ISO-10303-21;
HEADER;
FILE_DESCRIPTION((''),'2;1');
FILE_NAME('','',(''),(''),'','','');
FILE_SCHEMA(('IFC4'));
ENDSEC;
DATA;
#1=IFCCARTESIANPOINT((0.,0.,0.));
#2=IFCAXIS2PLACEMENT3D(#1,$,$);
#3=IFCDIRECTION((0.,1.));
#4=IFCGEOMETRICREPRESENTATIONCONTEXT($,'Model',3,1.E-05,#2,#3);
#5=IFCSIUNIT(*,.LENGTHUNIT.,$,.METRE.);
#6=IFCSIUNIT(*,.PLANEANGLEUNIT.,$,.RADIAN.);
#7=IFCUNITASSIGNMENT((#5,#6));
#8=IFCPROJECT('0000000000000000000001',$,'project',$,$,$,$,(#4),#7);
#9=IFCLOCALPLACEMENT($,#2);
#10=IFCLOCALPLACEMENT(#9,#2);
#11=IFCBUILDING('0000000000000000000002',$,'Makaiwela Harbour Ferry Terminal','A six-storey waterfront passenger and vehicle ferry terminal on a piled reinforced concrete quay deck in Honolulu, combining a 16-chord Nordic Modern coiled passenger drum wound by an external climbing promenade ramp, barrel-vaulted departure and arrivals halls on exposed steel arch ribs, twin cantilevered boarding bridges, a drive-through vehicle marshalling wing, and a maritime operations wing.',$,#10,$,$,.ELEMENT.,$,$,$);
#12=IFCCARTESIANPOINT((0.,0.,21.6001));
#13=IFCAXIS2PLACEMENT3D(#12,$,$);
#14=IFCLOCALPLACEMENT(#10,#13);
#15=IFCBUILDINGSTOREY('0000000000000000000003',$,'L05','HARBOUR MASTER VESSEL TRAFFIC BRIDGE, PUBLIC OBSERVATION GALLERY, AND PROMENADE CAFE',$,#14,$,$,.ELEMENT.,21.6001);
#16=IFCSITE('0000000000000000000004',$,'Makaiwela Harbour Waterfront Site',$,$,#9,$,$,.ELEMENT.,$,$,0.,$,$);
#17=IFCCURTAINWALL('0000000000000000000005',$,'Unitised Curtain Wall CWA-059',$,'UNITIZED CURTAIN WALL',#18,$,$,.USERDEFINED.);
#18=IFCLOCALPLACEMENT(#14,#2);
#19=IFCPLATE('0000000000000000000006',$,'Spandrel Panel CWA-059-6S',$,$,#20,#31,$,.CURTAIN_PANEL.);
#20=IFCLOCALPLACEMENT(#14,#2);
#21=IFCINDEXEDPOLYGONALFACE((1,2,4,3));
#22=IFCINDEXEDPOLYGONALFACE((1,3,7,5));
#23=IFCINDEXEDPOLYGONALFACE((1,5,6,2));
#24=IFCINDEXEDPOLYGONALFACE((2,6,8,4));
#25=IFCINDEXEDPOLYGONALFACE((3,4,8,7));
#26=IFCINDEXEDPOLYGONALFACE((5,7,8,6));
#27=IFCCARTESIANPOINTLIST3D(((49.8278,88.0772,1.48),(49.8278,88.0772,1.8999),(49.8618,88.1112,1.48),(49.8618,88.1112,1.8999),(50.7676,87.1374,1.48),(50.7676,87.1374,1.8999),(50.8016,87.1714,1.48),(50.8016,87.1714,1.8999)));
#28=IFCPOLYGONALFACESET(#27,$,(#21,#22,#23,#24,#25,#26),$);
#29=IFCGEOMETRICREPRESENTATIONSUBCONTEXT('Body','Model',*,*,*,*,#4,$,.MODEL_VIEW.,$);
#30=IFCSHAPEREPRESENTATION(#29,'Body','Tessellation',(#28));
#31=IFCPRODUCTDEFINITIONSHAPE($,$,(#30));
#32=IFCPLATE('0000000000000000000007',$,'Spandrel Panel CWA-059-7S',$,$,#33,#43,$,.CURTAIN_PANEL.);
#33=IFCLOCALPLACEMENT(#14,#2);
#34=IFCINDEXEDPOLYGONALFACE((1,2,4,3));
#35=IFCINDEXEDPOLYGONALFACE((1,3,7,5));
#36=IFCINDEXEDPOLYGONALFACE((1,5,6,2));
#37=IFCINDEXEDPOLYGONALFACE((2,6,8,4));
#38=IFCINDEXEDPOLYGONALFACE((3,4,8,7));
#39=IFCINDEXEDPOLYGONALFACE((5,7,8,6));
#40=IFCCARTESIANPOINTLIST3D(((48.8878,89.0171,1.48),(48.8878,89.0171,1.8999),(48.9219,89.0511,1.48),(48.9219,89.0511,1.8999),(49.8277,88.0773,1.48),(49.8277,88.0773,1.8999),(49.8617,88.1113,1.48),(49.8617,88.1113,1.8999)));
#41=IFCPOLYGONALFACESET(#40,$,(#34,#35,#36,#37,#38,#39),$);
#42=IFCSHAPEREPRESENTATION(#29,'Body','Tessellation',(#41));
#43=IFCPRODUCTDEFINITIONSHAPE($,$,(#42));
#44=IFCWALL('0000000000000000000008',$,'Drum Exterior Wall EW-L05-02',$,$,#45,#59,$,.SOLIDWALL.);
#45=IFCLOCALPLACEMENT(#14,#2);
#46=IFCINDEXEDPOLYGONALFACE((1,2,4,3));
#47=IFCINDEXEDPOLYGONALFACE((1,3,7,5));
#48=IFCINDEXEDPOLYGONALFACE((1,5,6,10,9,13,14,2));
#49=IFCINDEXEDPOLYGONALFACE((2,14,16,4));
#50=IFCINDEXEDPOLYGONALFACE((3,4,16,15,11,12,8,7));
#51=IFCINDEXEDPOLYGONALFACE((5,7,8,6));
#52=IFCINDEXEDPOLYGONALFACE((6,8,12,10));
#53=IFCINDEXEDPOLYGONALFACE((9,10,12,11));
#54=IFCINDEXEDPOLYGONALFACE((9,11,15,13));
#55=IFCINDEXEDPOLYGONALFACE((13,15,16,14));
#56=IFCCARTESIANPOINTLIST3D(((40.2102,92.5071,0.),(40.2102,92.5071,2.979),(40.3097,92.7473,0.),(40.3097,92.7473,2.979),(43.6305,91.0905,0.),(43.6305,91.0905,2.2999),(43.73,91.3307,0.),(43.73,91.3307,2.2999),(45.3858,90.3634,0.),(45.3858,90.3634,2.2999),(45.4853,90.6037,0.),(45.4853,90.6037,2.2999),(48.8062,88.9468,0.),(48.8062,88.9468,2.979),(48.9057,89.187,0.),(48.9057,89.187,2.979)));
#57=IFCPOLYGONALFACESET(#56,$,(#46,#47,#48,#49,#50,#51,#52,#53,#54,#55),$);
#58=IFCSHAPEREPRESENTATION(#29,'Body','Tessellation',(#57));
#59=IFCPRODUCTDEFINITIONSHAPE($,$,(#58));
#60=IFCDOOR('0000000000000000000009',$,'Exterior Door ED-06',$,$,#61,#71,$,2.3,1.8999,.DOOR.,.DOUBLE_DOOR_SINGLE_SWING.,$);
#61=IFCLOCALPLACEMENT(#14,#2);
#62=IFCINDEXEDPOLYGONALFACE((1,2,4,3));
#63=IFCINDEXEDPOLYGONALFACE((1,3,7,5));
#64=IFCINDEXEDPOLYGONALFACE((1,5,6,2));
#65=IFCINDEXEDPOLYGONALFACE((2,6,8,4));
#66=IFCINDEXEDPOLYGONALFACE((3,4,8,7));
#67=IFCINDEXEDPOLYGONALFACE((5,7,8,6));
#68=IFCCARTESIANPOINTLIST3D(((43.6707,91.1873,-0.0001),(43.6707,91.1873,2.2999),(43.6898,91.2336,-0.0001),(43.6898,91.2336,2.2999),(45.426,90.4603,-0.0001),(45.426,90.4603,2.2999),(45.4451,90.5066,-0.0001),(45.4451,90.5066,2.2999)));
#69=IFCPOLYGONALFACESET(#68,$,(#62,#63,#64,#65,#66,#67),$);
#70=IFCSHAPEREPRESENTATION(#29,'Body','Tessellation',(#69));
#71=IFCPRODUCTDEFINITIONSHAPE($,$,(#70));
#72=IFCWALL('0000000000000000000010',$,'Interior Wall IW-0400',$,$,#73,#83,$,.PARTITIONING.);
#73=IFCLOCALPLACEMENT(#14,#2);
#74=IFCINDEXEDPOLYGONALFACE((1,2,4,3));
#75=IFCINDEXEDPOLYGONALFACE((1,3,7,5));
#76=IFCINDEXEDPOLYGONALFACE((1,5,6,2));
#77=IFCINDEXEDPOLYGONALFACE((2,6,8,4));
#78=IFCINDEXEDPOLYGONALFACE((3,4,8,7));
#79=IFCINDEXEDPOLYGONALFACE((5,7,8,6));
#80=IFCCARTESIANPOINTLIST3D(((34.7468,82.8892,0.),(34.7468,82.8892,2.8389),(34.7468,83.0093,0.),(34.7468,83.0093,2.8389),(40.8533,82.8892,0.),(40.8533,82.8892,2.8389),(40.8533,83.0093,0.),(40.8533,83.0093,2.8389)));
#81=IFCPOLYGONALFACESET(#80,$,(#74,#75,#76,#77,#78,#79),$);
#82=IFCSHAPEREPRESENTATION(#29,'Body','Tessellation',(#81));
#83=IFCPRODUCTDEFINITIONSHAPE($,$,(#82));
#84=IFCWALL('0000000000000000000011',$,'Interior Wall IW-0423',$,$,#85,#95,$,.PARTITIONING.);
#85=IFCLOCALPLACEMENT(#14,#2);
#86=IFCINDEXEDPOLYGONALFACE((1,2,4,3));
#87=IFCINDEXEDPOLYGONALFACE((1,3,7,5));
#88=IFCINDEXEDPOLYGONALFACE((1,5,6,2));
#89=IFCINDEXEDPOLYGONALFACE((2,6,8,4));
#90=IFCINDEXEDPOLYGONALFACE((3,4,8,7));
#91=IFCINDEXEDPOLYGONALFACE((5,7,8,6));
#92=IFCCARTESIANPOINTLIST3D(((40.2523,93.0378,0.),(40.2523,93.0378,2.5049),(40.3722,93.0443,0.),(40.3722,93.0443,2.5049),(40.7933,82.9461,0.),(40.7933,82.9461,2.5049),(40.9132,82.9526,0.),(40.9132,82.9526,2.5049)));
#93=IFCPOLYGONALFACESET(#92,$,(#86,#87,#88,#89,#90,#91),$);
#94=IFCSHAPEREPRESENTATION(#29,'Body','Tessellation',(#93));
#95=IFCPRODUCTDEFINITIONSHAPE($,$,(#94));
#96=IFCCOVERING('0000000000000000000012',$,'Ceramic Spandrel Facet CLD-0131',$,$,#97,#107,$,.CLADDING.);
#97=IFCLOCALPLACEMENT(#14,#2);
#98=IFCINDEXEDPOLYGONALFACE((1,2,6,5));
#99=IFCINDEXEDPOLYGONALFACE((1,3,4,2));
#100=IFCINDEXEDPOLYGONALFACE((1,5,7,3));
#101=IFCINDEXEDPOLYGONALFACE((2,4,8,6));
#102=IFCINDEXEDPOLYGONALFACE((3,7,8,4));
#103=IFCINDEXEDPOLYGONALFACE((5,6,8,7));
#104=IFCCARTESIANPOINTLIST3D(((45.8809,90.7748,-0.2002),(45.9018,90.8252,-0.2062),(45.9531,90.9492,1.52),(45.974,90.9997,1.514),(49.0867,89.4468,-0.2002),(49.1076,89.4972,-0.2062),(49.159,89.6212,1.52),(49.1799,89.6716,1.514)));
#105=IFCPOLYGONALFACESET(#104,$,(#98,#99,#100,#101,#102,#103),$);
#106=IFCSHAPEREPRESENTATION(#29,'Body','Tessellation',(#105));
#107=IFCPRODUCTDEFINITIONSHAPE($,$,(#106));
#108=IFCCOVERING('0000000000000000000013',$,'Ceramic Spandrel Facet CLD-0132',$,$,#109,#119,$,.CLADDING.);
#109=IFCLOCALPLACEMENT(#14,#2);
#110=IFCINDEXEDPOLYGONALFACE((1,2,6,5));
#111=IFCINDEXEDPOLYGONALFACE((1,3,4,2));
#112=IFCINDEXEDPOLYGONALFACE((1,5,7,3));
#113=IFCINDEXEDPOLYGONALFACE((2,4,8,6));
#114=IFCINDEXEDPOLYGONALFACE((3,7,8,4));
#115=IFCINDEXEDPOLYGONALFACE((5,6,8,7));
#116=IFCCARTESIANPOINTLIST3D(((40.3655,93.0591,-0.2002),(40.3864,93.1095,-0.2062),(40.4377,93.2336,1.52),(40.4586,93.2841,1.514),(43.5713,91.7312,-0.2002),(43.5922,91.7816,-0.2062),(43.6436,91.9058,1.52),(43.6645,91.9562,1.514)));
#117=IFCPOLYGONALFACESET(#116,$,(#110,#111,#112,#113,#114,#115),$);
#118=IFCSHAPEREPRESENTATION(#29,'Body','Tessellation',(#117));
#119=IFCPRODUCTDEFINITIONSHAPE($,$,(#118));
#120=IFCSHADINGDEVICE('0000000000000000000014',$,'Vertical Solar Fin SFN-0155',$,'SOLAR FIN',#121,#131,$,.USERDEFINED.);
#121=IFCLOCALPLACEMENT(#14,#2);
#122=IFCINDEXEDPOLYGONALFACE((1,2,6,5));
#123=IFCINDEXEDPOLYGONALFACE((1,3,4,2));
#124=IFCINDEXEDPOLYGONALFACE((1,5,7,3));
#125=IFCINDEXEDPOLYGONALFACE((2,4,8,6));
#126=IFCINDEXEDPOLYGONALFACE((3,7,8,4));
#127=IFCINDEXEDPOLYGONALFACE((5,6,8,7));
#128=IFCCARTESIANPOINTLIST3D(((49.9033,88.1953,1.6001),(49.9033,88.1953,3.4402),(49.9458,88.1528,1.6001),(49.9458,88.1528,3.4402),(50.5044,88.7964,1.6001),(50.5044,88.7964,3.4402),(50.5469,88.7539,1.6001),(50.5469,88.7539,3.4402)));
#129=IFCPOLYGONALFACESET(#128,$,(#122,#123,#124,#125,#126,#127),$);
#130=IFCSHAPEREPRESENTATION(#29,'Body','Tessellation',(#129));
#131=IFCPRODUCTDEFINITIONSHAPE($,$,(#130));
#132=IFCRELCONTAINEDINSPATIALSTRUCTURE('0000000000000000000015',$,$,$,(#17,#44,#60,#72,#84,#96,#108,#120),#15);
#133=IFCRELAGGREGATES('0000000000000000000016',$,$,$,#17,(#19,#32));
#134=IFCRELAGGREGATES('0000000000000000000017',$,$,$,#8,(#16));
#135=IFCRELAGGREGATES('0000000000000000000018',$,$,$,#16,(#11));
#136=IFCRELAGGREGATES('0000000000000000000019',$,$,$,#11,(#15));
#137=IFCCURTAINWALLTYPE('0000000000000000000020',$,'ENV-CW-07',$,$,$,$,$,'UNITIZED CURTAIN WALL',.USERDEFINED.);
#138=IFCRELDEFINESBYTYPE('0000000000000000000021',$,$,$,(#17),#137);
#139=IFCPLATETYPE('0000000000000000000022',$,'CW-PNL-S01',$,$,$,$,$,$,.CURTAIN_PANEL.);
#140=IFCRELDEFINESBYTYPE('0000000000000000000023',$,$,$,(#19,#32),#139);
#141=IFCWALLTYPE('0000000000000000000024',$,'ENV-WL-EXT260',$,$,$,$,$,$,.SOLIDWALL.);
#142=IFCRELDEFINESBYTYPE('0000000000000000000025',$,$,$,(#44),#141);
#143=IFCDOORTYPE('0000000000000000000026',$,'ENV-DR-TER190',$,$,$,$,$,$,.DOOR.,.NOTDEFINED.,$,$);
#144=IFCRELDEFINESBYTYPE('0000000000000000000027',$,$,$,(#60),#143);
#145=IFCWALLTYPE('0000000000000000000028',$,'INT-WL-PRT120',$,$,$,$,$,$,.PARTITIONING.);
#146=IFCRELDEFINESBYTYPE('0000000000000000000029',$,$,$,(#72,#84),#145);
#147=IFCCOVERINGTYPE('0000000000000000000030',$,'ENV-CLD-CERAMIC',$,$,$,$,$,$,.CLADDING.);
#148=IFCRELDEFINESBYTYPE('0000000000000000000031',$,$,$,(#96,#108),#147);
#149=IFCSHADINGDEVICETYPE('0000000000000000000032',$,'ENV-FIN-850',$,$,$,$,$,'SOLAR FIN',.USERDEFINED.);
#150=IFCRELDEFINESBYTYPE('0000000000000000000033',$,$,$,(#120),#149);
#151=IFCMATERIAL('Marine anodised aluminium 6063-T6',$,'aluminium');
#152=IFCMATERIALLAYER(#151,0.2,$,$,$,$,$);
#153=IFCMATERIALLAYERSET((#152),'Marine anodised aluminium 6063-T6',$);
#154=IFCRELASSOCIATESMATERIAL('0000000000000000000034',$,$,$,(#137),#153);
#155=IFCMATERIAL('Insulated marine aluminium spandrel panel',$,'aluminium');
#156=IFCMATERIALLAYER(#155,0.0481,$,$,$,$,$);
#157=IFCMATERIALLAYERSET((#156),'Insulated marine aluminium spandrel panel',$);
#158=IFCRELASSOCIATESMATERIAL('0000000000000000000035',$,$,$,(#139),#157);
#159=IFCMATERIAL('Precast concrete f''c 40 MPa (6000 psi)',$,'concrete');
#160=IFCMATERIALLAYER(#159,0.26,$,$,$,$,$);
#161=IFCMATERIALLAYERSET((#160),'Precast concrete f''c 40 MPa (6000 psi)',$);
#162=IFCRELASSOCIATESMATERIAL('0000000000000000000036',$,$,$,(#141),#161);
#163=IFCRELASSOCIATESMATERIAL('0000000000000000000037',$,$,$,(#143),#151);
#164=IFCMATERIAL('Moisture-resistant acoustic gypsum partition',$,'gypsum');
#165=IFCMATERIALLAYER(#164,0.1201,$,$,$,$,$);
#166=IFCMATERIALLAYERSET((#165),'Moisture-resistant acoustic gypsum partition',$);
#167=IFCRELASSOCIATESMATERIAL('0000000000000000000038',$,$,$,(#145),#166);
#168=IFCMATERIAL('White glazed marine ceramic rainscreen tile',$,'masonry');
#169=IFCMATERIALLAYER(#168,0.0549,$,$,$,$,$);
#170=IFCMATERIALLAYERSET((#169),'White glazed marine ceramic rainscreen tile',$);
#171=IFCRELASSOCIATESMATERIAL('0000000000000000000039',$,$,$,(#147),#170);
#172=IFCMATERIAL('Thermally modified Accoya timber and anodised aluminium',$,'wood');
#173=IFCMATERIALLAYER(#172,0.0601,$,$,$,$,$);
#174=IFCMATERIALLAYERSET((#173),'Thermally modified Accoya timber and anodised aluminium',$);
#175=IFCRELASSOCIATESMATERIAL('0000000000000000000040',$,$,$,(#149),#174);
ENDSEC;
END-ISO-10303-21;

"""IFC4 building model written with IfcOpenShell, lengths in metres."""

from ifc_helpers import new_model, si_unit, direction, frame, frame_2d, origin, origin_2d, place, context, subcontext, project, spatial, polyline, rectangle, outline, extrude, material, layer, layer_set, type_object, element, fill, aggregate, save


model = new_model("IFC4")

# Units and contexts
model_context = context("Model", 3, precision=1e-05, world=origin(), true_north=direction((0.0, 1.0)))
body_context = subcontext(model_context, "Body", "Model", "MODEL_VIEW")
ifc_project = project(units=[si_unit("LENGTHUNIT", "METRE"), si_unit("PLANEANGLEUNIT", "RADIAN")], contexts=[model_context])

# Site, building, storey
site_placement = place(None, origin())
site = spatial("IfcSite", under=ifc_project, at=site_placement, Name="Makaiwela Harbour Waterfront Site", CompositionType="ELEMENT", RefElevation=0.0)
building_placement = place(site_placement, origin())
building = spatial("IfcBuilding", under=site, at=building_placement, Name="Makaiwela Harbour Ferry Terminal", Description="A six-storey waterfront passenger and vehicle ferry terminal on a piled reinforced concrete quay deck in Honolulu, combining a 16-chord Nordic Modern coiled passenger drum wound by an external climbing promenade ramp, barrel-vaulted departure and arrivals halls on exposed steel arch ribs, twin cantilevered boarding bridges, a drive-through vehicle marshalling wing, and a maritime operations wing.", CompositionType="ELEMENT")
storey_placement = place(building_placement, frame((0.0, 0.0, 21.6001)))
storey = spatial("IfcBuildingStorey", under=building, at=storey_placement, Name="L05", Description="HARBOUR MASTER VESSEL TRAFFIC BRIDGE, PUBLIC OBSERVATION GALLERY, AND PROMENADE CAFE", CompositionType="ELEMENT", Elevation=21.6001)

# Curtain wall
ifc_material_1 = material(Name="Marine anodised aluminium 6063-T6", Category="aluminium")
ifc_layer_1 = layer(ifc_material_1, 0.2)
ifc_layer_set_1 = layer_set([ifc_layer_1], Name="Marine anodised aluminium 6063-T6")
curtain_wall_type = type_object("IfcCurtainWallType", Name="ENV-CW-07", ElementType="UNITIZED CURTAIN WALL", PredefinedType="USERDEFINED", material=ifc_layer_set_1)
curtain_wall_placement = place(storey_placement, origin())
curtain_wall = element("IfcCurtainWall", 1, at=curtain_wall_placement, inside=storey, type_object=curtain_wall_type, Name="Unitised Curtain Wall CWA-059", ObjectType="UNITIZED CURTAIN WALL", PredefinedType="USERDEFINED")

# Plates
ifc_material_2 = material(Name="Insulated marine aluminium spandrel panel", Category="aluminium")
ifc_layer_2 = layer(ifc_material_2, 0.0481)
ifc_layer_set_2 = layer_set([ifc_layer_2], Name="Insulated marine aluminium spandrel panel")
plate_type_1 = type_object("IfcPlateType", Name="CW-PNL-S01", PredefinedType="CURTAIN_PANEL", material=ifc_layer_set_2)
plate_1_placement = place(storey_placement, frame((50.3147, 87.6243, 1.48), z_axis=(0.0, 0.0, 1.0), x_axis=(-0.707107, 0.707107, 0.0)))
plate_1 = element("IfcPlate", 2, at=plate_1_placement, type_object=plate_type_1, Name="Spandrel Panel CWA-059-6S", PredefinedType="CURTAIN_PANEL", context=body_context, shape_type="SweptSolid", body=[
    extrude(rectangle(XDim=1.3291, YDim=0.0481, at=origin_2d()), origin(), (0.0, 0.0, 1.0), 0.4199),
])
plate_2_placement = place(storey_placement, frame((49.3748, 88.5642, 1.48), z_axis=(0.0, 0.0, 1.0), x_axis=(-0.707107, 0.707107, 0.0)))
plate_2 = element("IfcPlate", 3, at=plate_2_placement, type_object=plate_type_1, Name="Spandrel Panel CWA-059-7S", PredefinedType="CURTAIN_PANEL", context=body_context, shape_type="SweptSolid", body=[
    extrude(rectangle(XDim=1.3291, YDim=0.0481, at=origin_2d()), origin(), (0.0, 0.0, 1.0), 0.4199),
])
aggregate(curtain_wall, [plate_1, plate_2])

# Wall, opening, door
ifc_material_3 = material(Name="Precast concrete f'c 40 MPa (6000 psi)", Category="concrete")
ifc_layer_3 = layer(ifc_material_3, 0.26)
ifc_layer_set_3 = layer_set([ifc_layer_3], Name="Precast concrete f'c 40 MPa (6000 psi)")
wall_type_1 = type_object("IfcWallType", Name="ENV-WL-EXT260", PredefinedType="SOLIDWALL", material=ifc_layer_set_3)
wall_1_placement = place(storey_placement, frame((48.856, 89.0669, 0.0), z_axis=(0.0, 0.0, 1.0), x_axis=(-0.923889, 0.38266, 0.0)))
wall_1 = element("IfcWall", 4, at=wall_1_placement, inside=storey, type_object=wall_type_1, Name="Drum Exterior Wall EW-L05-02", PredefinedType="SOLIDWALL", context=body_context, shape_type="SweptSolid", body=[
    extrude(rectangle(XDim=9.3042, YDim=0.26, at=frame_2d((4.6521, 0.0))), origin(), (0.0, 0.0, 1.0), 2.979),
])
opening_placement = place(wall_1_placement, frame((3.7021, 0.0, 0.0)))
opening = element("IfcOpeningElement", 5, at=opening_placement, cuts=wall_1, PredefinedType="OPENING", context=body_context, shape_type="SweptSolid", body=[
    extrude(rectangle(XDim=1.8999, YDim=2.3, at=frame_2d((0.95, 1.1499))), frame((0.0, 0.1399, 0.0), z_axis=(0.0, -1.0, 0.0), x_axis=(1.0, 0.0, 0.0)), (0.0, 0.0, 1.0), 0.28),
])
door_type = type_object("IfcDoorType", Name="ENV-DR-TER190", OperationType="NOTDEFINED", PredefinedType="DOOR", material=ifc_material_1)
door_placement = place(opening_placement, frame((1.8999, 0.0, 0.0), z_axis=(0.0, 0.0, 1.0), x_axis=(-1.0, 0.0, 0.0)))
door = element("IfcDoor", 6, at=door_placement, inside=storey, type_object=door_type, Name="Exterior Door ED-06", OperationType="DOUBLE_DOOR_SINGLE_SWING", OverallHeight=2.3, OverallWidth=1.8999, PredefinedType="DOOR", context=body_context, shape_type="SweptSolid", body=[
    extrude(rectangle(XDim=1.8999, YDim=2.3, at=frame_2d((0.95, 1.1499))), frame((0.0, 0.0249, 0.0), z_axis=(0.0, -1.0, 0.0), x_axis=(1.0, 0.0, 0.0)), (0.0, 0.0, 1.0), 0.05),
])
fill(opening, door)

# Walls
ifc_material_4 = material(Name="Moisture-resistant acoustic gypsum partition", Category="gypsum")
ifc_layer_4 = layer(ifc_material_4, 0.1201)
ifc_layer_set_4 = layer_set([ifc_layer_4], Name="Moisture-resistant acoustic gypsum partition")
wall_type_2 = type_object("IfcWallType", Name="INT-WL-PRT120", PredefinedType="PARTITIONING", material=ifc_layer_set_4)
wall_2_placement = place(storey_placement, frame((40.8533, 82.9492, 0.0), z_axis=(0.0, 0.0, 1.0), x_axis=(-1.0, 0.0, 0.0)))
element("IfcWall", 7, at=wall_2_placement, inside=storey, type_object=wall_type_2, Name="Interior Wall IW-0400", PredefinedType="PARTITIONING", context=body_context, shape_type="SweptSolid", body=[
    extrude(rectangle(XDim=6.1064, YDim=0.1201, at=frame_2d((3.0532, 0.0))), origin(), (0.0, 0.0, 1.0), 2.8389),
])
wall_3_placement = place(storey_placement, frame((40.8533, 82.9492, 0.0), z_axis=(0.0, 0.0, 1.0), x_axis=(-0.053533, 0.998566, 0.0)))
element("IfcWall", 8, at=wall_3_placement, inside=storey, type_object=wall_type_2, Name="Interior Wall IW-0423", PredefinedType="PARTITIONING", context=body_context, shape_type="SweptSolid", body=[
    extrude(rectangle(XDim=10.1062, YDim=0.1201, at=frame_2d((5.0532, 0.0))), origin(), (0.0, 0.0, 1.0), 2.5049),
])

# Coverings
ifc_material_5 = material(Name="White glazed marine ceramic rainscreen tile", Category="masonry")
ifc_layer_5 = layer(ifc_material_5, 0.0549)
ifc_layer_set_5 = layer_set([ifc_layer_5], Name="White glazed marine ceramic rainscreen tile")
covering_type = type_object("IfcCoveringType", Name="ENV-CLD-CERAMIC", PredefinedType="CLADDING", material=ifc_layer_set_5)
covering_1_placement = place(storey_placement, frame((49.0867, 89.4468, -0.2002), z_axis=(-0.380426, -0.918353, 0.109107), x_axis=(-0.923868, 0.382711, -0.000004)))
element("IfcCovering", 9, at=covering_1_placement, inside=storey, type_object=covering_type, Name="Ceramic Spandrel Facet CLD-0131", PredefinedType="CLADDING", context=body_context, shape_type="SweptSolid", body=[
    extrude(outline(polyline([(0.0, 0.0), (3.4699, 0.0), (3.47, -1.7306), (-0.0001, -1.7305), (0.0, 0.0)])), origin(), (0.0, 0.0, -1.0), 0.0549),
])
covering_2_placement = place(storey_placement, frame((43.5713, 91.7312, -0.2002), z_axis=(-0.380394, -0.918358, 0.109172), x_axis=(-0.92388, 0.382681, 0.0)))
element("IfcCovering", 10, at=covering_2_placement, inside=storey, type_object=covering_type, Name="Ceramic Spandrel Facet CLD-0132", PredefinedType="CLADDING", context=body_context, shape_type="SweptSolid", body=[
    extrude(outline(polyline([(0.0, 0.0), (3.4699, 0.0), (3.47, -1.7306), (0.0, -1.7306), (0.0, 0.0)])), origin(), (0.0, 0.0, -1.0), 0.0549),
])

# Shading device
ifc_material_6 = material(Name="Thermally modified Accoya timber and anodised aluminium", Category="wood")
ifc_layer_6 = layer(ifc_material_6, 0.0601)
ifc_layer_set_6 = layer_set([ifc_layer_6], Name="Thermally modified Accoya timber and anodised aluminium")
shading_device_type = type_object("IfcShadingDeviceType", Name="ENV-FIN-850", ElementType="SOLAR FIN", PredefinedType="USERDEFINED", material=ifc_layer_set_6)
shading_device_placement = place(storey_placement, frame((50.2251, 88.4746, 1.6001), z_axis=(0.0, 0.0, 1.0), x_axis=(0.707107, 0.707107, 0.0)))
element("IfcShadingDevice", 11, at=shading_device_placement, inside=storey, type_object=shading_device_type, Name="Vertical Solar Fin SFN-0155", ObjectType="SOLAR FIN", PredefinedType="USERDEFINED", context=body_context, shape_type="SweptSolid", body=[
    extrude(rectangle(XDim=0.8501, YDim=0.0601, at=origin_2d()), origin(), (0.0, 0.0, 1.0), 1.8401),
])

save(model, "model.ifc")
